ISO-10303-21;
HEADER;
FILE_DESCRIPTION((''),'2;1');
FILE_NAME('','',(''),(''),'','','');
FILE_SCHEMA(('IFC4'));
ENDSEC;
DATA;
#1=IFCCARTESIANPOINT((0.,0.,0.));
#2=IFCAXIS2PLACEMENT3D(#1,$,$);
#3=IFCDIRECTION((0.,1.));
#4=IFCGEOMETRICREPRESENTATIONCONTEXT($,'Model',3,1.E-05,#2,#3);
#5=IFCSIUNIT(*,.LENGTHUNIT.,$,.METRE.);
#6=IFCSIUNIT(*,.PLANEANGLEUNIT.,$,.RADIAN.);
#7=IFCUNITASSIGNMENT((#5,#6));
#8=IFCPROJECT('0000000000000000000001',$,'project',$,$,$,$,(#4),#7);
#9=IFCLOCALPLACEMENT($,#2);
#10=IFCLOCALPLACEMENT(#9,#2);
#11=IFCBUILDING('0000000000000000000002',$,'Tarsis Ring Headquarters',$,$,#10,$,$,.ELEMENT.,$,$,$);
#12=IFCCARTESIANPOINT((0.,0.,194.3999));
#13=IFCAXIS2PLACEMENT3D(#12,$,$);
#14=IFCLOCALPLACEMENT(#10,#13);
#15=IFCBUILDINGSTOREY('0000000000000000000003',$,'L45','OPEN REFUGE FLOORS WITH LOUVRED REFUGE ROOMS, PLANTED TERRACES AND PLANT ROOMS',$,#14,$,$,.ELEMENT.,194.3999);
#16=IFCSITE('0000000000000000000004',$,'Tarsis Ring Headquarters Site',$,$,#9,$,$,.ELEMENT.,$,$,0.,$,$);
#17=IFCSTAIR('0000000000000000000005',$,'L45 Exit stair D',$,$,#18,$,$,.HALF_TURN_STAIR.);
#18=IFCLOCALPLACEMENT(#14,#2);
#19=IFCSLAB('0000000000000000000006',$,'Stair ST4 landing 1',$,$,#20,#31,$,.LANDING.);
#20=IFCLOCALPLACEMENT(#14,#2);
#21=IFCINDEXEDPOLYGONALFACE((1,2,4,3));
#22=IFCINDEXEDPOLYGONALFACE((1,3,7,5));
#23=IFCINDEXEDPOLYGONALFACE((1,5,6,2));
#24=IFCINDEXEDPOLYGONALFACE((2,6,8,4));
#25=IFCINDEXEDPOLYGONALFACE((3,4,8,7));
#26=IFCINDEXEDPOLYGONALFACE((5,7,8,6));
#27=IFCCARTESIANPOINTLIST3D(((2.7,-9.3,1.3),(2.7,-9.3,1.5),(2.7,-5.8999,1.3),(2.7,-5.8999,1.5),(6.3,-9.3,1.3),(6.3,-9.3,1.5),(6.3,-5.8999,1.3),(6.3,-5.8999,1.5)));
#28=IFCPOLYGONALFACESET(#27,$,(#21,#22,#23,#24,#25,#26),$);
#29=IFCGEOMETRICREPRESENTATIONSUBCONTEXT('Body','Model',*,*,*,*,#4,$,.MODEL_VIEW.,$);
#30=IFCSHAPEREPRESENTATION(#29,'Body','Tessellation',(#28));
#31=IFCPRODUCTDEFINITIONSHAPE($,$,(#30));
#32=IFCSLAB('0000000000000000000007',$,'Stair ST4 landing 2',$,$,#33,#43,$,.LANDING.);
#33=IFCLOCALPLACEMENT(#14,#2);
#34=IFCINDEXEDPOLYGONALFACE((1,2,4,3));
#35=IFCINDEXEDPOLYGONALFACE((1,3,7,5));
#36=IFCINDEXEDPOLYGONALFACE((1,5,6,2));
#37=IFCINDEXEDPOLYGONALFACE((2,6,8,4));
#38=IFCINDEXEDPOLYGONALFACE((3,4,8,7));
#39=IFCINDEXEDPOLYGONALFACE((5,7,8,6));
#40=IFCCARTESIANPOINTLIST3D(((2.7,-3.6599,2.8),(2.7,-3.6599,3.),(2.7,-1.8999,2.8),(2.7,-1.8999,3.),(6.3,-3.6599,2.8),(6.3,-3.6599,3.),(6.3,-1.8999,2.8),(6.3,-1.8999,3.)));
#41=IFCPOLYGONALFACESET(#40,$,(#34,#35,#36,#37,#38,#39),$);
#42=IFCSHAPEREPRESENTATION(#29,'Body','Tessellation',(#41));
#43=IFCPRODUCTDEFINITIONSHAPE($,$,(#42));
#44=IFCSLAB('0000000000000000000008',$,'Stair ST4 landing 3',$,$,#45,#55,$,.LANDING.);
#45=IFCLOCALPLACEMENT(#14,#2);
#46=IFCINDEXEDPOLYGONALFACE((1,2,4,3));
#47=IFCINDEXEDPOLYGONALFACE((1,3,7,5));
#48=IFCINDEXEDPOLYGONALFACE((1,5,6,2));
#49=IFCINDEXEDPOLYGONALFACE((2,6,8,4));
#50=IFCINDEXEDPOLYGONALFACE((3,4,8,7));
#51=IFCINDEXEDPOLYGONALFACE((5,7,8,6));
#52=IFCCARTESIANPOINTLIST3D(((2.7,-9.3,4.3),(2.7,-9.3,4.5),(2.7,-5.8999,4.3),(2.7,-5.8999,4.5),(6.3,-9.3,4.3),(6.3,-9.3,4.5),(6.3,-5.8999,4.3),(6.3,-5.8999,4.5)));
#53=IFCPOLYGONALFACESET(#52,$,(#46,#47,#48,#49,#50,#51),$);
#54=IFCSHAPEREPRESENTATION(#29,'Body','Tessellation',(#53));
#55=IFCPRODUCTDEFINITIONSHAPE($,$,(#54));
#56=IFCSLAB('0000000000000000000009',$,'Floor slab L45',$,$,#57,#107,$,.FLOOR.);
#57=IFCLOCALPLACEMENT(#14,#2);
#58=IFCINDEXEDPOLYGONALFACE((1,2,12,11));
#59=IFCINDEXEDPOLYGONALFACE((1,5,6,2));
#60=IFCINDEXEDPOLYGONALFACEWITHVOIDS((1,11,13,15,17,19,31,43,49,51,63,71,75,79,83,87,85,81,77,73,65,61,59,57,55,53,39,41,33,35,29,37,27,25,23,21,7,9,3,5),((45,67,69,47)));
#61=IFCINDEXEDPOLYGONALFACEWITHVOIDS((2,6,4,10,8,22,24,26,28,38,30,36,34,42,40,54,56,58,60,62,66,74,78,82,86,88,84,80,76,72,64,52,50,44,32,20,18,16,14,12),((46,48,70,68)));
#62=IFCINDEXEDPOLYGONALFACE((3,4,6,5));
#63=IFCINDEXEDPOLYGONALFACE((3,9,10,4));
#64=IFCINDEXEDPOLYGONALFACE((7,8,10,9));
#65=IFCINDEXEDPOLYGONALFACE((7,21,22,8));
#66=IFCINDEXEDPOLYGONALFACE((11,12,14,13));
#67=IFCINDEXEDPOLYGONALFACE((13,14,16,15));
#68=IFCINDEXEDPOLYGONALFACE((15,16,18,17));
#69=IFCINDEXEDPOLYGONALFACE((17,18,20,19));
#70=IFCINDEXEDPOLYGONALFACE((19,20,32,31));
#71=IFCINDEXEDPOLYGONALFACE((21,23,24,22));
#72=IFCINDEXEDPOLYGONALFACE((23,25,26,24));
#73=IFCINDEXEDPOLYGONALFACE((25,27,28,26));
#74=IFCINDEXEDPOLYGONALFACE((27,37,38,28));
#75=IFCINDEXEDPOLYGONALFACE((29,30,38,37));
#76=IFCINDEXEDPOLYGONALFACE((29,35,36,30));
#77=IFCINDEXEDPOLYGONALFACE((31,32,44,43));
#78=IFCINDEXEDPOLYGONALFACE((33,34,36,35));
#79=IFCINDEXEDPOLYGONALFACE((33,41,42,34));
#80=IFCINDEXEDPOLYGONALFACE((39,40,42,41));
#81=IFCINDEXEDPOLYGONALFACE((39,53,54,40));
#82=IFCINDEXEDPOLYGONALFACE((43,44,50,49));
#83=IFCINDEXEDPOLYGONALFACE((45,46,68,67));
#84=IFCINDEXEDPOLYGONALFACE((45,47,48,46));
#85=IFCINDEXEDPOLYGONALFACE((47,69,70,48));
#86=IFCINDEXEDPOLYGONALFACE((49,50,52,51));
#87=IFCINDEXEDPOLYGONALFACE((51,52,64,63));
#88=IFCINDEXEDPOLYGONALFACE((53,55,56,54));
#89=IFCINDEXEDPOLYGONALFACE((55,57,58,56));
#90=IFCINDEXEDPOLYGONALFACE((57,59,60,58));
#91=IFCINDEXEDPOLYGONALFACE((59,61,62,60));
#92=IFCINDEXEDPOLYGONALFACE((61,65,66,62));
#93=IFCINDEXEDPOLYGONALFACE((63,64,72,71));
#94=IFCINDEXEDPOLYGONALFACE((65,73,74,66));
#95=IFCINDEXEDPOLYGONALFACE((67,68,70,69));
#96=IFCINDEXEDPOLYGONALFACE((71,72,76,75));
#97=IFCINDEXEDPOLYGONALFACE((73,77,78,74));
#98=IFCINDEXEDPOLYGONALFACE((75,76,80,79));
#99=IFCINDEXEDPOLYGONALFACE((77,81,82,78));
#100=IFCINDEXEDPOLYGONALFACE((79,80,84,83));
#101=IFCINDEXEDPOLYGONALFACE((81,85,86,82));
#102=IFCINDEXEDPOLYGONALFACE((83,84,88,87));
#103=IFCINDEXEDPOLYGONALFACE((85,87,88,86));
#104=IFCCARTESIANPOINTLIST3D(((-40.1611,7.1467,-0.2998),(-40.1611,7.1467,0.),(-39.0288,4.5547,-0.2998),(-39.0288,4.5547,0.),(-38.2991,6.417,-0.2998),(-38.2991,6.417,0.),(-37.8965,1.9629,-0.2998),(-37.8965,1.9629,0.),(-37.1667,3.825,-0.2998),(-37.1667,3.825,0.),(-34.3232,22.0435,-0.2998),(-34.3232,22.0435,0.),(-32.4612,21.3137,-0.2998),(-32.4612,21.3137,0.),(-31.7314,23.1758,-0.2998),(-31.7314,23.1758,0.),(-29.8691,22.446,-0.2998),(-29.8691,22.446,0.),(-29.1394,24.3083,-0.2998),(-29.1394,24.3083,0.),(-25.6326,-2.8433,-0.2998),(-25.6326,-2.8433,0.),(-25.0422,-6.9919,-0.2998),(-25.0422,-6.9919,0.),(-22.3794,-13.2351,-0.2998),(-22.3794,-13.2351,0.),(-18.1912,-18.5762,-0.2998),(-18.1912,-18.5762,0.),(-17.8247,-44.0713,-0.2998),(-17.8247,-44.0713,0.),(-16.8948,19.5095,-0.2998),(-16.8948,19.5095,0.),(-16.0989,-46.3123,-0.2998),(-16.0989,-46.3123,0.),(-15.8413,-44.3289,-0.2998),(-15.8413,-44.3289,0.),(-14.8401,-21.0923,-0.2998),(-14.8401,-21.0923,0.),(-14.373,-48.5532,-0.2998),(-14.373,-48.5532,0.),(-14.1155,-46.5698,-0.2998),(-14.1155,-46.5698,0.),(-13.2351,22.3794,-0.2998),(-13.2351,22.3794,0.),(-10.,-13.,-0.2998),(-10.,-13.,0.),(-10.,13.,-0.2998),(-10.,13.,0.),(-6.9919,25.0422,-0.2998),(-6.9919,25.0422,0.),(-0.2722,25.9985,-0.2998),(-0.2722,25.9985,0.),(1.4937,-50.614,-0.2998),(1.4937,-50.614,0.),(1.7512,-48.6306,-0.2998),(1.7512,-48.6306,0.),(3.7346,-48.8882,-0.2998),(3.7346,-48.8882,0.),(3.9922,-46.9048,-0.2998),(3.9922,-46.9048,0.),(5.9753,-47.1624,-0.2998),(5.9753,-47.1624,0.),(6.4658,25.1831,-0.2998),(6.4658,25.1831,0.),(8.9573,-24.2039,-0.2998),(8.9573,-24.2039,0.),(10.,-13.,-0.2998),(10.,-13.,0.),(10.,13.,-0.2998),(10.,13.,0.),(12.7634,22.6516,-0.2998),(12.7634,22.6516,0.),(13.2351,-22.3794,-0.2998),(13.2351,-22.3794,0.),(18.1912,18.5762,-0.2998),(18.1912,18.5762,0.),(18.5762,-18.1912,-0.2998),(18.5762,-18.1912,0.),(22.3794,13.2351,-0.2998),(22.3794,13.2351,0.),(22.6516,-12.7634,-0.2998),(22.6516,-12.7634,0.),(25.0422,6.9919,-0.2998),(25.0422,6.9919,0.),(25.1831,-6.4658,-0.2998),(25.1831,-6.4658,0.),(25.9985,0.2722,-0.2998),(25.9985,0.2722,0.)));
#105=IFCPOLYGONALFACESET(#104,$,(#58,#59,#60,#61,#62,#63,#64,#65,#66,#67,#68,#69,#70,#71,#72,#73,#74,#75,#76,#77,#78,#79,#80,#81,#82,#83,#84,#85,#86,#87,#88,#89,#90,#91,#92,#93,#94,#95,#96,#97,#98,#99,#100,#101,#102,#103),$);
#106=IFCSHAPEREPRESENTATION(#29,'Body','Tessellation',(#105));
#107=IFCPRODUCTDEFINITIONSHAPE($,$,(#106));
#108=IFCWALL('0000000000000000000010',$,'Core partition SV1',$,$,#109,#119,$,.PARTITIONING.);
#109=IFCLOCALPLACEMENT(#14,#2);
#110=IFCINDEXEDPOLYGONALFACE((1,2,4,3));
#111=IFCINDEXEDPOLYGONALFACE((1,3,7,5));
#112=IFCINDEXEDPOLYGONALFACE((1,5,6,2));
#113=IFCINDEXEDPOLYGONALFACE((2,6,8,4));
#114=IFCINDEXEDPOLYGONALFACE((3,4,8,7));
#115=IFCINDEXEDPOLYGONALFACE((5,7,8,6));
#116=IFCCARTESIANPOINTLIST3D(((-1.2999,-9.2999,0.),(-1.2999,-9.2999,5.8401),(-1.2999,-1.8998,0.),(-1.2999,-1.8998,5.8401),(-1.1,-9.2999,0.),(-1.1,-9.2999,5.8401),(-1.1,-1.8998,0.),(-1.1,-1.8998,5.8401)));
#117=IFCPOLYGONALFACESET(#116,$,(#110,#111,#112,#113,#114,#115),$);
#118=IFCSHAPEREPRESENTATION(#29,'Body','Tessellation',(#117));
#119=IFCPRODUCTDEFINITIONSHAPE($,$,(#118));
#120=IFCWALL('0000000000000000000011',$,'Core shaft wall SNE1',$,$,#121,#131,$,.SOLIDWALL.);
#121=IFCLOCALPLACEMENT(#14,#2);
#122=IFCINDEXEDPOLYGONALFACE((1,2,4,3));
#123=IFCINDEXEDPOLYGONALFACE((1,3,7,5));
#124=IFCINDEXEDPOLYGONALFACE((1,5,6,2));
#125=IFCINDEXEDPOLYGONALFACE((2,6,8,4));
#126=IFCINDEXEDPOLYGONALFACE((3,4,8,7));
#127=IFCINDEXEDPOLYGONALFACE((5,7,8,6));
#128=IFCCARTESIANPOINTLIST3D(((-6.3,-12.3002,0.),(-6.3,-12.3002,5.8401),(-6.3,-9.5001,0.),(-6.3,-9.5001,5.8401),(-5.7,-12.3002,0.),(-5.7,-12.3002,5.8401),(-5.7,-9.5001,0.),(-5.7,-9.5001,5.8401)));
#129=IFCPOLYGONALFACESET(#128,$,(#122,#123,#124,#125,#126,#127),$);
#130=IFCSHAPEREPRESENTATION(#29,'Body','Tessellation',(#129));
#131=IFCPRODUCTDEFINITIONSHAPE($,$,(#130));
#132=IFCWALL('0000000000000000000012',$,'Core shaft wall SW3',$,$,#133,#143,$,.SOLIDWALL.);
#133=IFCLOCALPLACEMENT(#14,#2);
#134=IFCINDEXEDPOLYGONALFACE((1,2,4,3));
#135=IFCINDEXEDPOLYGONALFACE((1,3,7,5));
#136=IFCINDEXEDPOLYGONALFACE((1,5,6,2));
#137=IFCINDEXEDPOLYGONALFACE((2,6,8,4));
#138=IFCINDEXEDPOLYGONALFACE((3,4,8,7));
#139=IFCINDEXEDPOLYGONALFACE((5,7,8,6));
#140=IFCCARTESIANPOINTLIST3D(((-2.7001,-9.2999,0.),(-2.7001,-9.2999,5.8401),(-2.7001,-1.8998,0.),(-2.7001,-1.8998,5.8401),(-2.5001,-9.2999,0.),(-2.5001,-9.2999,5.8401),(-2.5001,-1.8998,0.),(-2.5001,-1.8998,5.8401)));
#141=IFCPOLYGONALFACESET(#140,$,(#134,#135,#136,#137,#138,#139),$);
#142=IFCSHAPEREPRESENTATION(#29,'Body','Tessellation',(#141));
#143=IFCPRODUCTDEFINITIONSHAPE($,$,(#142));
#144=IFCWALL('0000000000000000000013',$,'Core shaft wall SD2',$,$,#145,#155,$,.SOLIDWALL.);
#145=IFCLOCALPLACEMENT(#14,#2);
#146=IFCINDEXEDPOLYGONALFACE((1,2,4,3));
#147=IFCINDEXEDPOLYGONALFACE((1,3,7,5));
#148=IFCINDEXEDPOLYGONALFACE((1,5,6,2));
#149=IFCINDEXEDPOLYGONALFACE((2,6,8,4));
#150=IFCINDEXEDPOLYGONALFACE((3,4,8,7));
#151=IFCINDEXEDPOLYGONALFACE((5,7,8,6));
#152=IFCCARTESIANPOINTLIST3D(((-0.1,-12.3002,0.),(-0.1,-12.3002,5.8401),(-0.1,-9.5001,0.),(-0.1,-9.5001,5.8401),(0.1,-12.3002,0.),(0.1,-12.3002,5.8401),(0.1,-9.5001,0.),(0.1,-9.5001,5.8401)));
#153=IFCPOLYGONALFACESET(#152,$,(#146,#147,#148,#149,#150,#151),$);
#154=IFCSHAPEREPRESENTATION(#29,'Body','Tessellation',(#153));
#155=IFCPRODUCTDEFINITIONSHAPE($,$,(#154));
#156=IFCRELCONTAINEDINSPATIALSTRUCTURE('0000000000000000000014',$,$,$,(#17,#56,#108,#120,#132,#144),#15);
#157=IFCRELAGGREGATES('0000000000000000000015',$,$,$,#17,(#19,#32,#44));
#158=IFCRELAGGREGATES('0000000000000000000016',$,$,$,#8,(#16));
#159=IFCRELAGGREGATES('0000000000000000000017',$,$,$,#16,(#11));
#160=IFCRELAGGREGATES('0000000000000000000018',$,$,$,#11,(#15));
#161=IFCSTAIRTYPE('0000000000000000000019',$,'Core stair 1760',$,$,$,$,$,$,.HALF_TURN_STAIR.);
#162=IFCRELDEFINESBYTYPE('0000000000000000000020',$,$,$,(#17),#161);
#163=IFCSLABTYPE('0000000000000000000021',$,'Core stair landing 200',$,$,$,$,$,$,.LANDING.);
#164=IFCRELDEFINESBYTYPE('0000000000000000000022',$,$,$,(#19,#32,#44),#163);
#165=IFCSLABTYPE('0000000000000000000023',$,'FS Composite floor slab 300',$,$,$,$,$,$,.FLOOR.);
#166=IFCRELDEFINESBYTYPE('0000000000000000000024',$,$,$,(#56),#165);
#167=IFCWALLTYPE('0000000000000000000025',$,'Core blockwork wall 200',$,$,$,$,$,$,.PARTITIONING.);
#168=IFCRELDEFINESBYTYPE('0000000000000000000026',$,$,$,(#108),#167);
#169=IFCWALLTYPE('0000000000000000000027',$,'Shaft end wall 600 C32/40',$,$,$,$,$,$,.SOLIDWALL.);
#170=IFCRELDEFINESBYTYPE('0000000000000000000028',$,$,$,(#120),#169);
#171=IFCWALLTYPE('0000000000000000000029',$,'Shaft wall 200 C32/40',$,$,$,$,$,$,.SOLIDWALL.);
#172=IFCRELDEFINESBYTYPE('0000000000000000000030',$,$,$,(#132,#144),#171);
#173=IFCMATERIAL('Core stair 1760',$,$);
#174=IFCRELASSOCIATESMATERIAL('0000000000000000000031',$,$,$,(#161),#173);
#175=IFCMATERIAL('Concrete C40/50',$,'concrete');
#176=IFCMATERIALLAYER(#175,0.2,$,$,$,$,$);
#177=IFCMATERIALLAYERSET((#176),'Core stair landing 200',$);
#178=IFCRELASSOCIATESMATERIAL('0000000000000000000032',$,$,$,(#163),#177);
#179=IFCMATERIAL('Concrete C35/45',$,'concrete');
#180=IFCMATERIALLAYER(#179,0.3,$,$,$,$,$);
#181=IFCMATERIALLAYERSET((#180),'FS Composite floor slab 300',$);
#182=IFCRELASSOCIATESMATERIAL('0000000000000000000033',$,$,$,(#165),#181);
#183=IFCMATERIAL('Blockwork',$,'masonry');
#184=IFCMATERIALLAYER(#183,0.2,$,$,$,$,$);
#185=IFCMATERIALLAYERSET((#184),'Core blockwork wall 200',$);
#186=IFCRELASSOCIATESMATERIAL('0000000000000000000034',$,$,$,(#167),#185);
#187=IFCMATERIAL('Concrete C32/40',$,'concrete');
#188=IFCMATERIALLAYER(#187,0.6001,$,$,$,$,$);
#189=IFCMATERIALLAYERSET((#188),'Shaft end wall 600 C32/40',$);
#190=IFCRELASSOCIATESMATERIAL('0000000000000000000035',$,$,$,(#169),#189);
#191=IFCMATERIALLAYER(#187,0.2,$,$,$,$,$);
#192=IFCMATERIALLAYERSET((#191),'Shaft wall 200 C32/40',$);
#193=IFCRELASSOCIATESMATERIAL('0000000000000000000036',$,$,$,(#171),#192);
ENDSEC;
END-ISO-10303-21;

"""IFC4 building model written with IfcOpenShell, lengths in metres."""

from ifc_helpers import new_model, si_unit, direction, frame, frame_2d, origin, place, context, subcontext, project, spatial, polyline, rectangle, outline, extrude, material, layer, layer_set, type_object, element, aggregate, save


model = new_model("IFC4")

# Units and contexts
model_context = context("Model", 3, precision=1e-05, world=origin(), true_north=direction((0.0, 1.0)))
body_context = subcontext(model_context, "Body", "Model", "MODEL_VIEW")
ifc_project = project(units=[si_unit("LENGTHUNIT", "METRE"), si_unit("PLANEANGLEUNIT", "RADIAN")], contexts=[model_context])

# Site, building, storey
site_placement = place(None, origin())
site = spatial("IfcSite", under=ifc_project, at=site_placement, Name="Tarsis Ring Headquarters Site", CompositionType="ELEMENT", RefElevation=0.0)
building_placement = place(site_placement, origin())
building = spatial("IfcBuilding", under=site, at=building_placement, Name="Tarsis Ring Headquarters", CompositionType="ELEMENT")
storey_placement = place(building_placement, frame((0.0, 0.0, 194.3999)))
storey = spatial("IfcBuildingStorey", under=building, at=storey_placement, Name="L45", Description="OPEN REFUGE FLOORS WITH LOUVRED REFUGE ROOMS, PLANTED TERRACES AND PLANT ROOMS", CompositionType="ELEMENT", Elevation=194.3999)

# Shared definitions
ifc_material_1 = material(Name="Concrete C40/50", Category="concrete")

# Stair, slabs
ifc_material_2 = material(Name="Core stair 1760")
stair_type = type_object("IfcStairType", Name="Core stair 1760", PredefinedType="HALF_TURN_STAIR", material=ifc_material_2)
ifc_layer_1 = layer(ifc_material_1, 0.2)
ifc_layer_set_1 = layer_set([ifc_layer_1], Name="Core stair landing 200")
slab_type_1 = type_object("IfcSlabType", Name="Core stair landing 200", PredefinedType="LANDING", material=ifc_layer_set_1)
stair_1_placement = place(storey_placement, origin())
stair_1 = element("IfcStair", 1, at=stair_1_placement, inside=storey, type_object=stair_type, Name="L45 Exit stair D", PredefinedType="HALF_TURN_STAIR")
slab_1_placement = place(storey_placement, frame((0.0, 0.0, 1.3)))
slab_1 = element("IfcSlab", 2, at=slab_1_placement, type_object=slab_type_1, Name="Stair ST4 landing 1", PredefinedType="LANDING", context=body_context, shape_type="SweptSolid", body=[
    extrude(outline(polyline([(2.7, -5.8999), (2.7, -9.3), (6.3, -9.3), (6.3, -5.8999), (2.7, -5.8999)])), origin(), (0.0, 0.0, 1.0), 0.2),
])
slab_2_placement = place(storey_placement, frame((0.0, 0.0, 2.8)))
slab_2 = element("IfcSlab", 3, at=slab_2_placement, type_object=slab_type_1, Name="Stair ST4 landing 2", PredefinedType="LANDING", context=body_context, shape_type="SweptSolid", body=[
    extrude(outline(polyline([(2.7, -1.8999), (2.7, -3.6599), (6.3, -3.6599), (6.3, -1.8999), (2.7, -1.8999)])), origin(), (0.0, 0.0, 1.0), 0.2),
])
slab_3_placement = place(storey_placement, frame((0.0, 0.0, 4.3)))
slab_3 = element("IfcSlab", 4, at=slab_3_placement, type_object=slab_type_1, Name="Stair ST4 landing 3", PredefinedType="LANDING", context=body_context, shape_type="SweptSolid", body=[
    extrude(outline(polyline([(2.7, -5.8999), (2.7, -9.3), (6.3, -9.3), (6.3, -5.8999), (2.7, -5.8999)])), origin(), (0.0, 0.0, 1.0), 0.2),
])
aggregate(stair_1, [slab_1, slab_2, slab_3])

# Slab
ifc_material_3 = material(Name="Concrete C35/45", Category="concrete")
ifc_layer_2 = layer(ifc_material_3, 0.3)
ifc_layer_set_2 = layer_set([ifc_layer_2], Name="FS Composite floor slab 300")
slab_type_2 = type_object("IfcSlabType", Name="FS Composite floor slab 300", PredefinedType="FLOOR", material=ifc_layer_set_2)
slab_4_placement = place(storey_placement, frame((0.0, 0.0, -0.2998)))
element("IfcSlab", 5, at=slab_4_placement, inside=storey, type_object=slab_type_2, Name="Floor slab L45", PredefinedType="FLOOR", context=body_context, shape_type="SweptSolid", body=[
    extrude(outline(polyline([(-25.6326, -2.8433), (-25.0422, -6.9919), (-22.3794, -13.2351), (-18.1912, -18.5762), (-14.8401, -21.0923), (-17.8247, -44.0713), (-15.8413, -44.3289), (-16.0989, -46.3123), (-14.1155, -46.5698), (-14.373, -48.5532), (1.4937, -50.614), (1.7512, -48.6306), (3.7346, -48.8882), (3.9922, -46.9048), (5.9753, -47.1624), (8.9573, -24.2039), (13.2351, -22.3794), (18.5762, -18.1912), (22.6516, -12.7634), (25.1831, -6.4658), (25.9985, 0.2722), (25.0422, 6.9919), (22.3794, 13.2351), (18.1912, 18.5762), (12.7634, 22.6516), (6.4658, 25.1831), (-0.2722, 25.9985), (-6.9919, 25.0422), (-13.2351, 22.3794), (-16.8948, 19.5095), (-29.1394, 24.3083), (-29.8691, 22.446), (-31.7314, 23.1758), (-32.4612, 21.3137), (-34.3232, 22.0435), (-40.1611, 7.1467), (-38.2991, 6.417), (-39.0288, 4.5547), (-37.1667, 3.825), (-37.8965, 1.9629), (-25.6326, -2.8433)]), holes=[polyline([(-10.0, -13.0), (-10.0, 13.0), (10.0, 13.0), (10.0, -13.0), (-10.0, -13.0)])]), origin(), (0.0, 0.0, 1.0), 0.2998),
])

# Walls
ifc_material_4 = material(Name="Blockwork", Category="masonry")
ifc_layer_3 = layer(ifc_material_4, 0.2)
ifc_layer_set_3 = layer_set([ifc_layer_3], Name="Core blockwork wall 200")
wall_type_1 = type_object("IfcWallType", Name="Core blockwork wall 200", PredefinedType="PARTITIONING", material=ifc_layer_set_3)
wall_1_placement = place(storey_placement, frame((-1.2, -9.3, 0.0), z_axis=(0.0, 0.0, 1.0), x_axis=(0.0, 1.0, 0.0)))
element("IfcWall", 6, at=wall_1_placement, inside=storey, type_object=wall_type_1, Name="Core partition SV1", PredefinedType="PARTITIONING", context=body_context, shape_type="SweptSolid", body=[
    extrude(rectangle(XDim=7.4001, YDim=0.2, at=frame_2d((3.7002, 0.0))), origin(), (0.0, 0.0, 1.0), 5.8401),
])
ifc_material_5 = material(Name="Concrete C32/40", Category="concrete")
ifc_layer_4 = layer(ifc_material_5, 0.6001)
ifc_layer_set_4 = layer_set([ifc_layer_4], Name="Shaft end wall 600 C32/40")
wall_type_2 = type_object("IfcWallType", Name="Shaft end wall 600 C32/40", PredefinedType="SOLIDWALL", material=ifc_layer_set_4)
wall_2_placement = place(storey_placement, frame((-6.0, -12.3, 0.0), z_axis=(0.0, 0.0, 1.0), x_axis=(0.0, 1.0, 0.0)))
element("IfcWall", 7, at=wall_2_placement, inside=storey, type_object=wall_type_2, Name="Core shaft wall SNE1", PredefinedType="SOLIDWALL", context=body_context, shape_type="SweptSolid", body=[
    extrude(rectangle(XDim=2.8, YDim=0.6001, at=frame_2d((1.3999, 0.0))), origin(), (0.0, 0.0, 1.0), 5.8401),
])
ifc_layer_5 = layer(ifc_material_5, 0.2)
ifc_layer_set_5 = layer_set([ifc_layer_5], Name="Shaft wall 200 C32/40")
wall_type_3 = type_object("IfcWallType", Name="Shaft wall 200 C32/40", PredefinedType="SOLIDWALL", material=ifc_layer_set_5)
wall_3_placement = place(storey_placement, frame((-2.6001, -9.3, 0.0), z_axis=(0.0, 0.0, 1.0), x_axis=(0.0, 1.0, 0.0)))
element("IfcWall", 8, at=wall_3_placement, inside=storey, type_object=wall_type_3, Name="Core shaft wall SW3", PredefinedType="SOLIDWALL", context=body_context, shape_type="SweptSolid", body=[
    extrude(rectangle(XDim=7.4001, YDim=0.2, at=frame_2d((3.7002, 0.0))), origin(), (0.0, 0.0, 1.0), 5.8401),
])
wall_4_placement = place(storey_placement, frame((0.0, -12.3, 0.0), z_axis=(0.0, 0.0, 1.0), x_axis=(0.0, 1.0, 0.0)))
element("IfcWall", 9, at=wall_4_placement, inside=storey, type_object=wall_type_3, Name="Core shaft wall SD2", PredefinedType="SOLIDWALL", context=body_context, shape_type="SweptSolid", body=[
    extrude(rectangle(XDim=2.8, YDim=0.2, at=frame_2d((1.3999, 0.0))), origin(), (0.0, 0.0, 1.0), 5.8401),
])

save(model, "model.ifc")
